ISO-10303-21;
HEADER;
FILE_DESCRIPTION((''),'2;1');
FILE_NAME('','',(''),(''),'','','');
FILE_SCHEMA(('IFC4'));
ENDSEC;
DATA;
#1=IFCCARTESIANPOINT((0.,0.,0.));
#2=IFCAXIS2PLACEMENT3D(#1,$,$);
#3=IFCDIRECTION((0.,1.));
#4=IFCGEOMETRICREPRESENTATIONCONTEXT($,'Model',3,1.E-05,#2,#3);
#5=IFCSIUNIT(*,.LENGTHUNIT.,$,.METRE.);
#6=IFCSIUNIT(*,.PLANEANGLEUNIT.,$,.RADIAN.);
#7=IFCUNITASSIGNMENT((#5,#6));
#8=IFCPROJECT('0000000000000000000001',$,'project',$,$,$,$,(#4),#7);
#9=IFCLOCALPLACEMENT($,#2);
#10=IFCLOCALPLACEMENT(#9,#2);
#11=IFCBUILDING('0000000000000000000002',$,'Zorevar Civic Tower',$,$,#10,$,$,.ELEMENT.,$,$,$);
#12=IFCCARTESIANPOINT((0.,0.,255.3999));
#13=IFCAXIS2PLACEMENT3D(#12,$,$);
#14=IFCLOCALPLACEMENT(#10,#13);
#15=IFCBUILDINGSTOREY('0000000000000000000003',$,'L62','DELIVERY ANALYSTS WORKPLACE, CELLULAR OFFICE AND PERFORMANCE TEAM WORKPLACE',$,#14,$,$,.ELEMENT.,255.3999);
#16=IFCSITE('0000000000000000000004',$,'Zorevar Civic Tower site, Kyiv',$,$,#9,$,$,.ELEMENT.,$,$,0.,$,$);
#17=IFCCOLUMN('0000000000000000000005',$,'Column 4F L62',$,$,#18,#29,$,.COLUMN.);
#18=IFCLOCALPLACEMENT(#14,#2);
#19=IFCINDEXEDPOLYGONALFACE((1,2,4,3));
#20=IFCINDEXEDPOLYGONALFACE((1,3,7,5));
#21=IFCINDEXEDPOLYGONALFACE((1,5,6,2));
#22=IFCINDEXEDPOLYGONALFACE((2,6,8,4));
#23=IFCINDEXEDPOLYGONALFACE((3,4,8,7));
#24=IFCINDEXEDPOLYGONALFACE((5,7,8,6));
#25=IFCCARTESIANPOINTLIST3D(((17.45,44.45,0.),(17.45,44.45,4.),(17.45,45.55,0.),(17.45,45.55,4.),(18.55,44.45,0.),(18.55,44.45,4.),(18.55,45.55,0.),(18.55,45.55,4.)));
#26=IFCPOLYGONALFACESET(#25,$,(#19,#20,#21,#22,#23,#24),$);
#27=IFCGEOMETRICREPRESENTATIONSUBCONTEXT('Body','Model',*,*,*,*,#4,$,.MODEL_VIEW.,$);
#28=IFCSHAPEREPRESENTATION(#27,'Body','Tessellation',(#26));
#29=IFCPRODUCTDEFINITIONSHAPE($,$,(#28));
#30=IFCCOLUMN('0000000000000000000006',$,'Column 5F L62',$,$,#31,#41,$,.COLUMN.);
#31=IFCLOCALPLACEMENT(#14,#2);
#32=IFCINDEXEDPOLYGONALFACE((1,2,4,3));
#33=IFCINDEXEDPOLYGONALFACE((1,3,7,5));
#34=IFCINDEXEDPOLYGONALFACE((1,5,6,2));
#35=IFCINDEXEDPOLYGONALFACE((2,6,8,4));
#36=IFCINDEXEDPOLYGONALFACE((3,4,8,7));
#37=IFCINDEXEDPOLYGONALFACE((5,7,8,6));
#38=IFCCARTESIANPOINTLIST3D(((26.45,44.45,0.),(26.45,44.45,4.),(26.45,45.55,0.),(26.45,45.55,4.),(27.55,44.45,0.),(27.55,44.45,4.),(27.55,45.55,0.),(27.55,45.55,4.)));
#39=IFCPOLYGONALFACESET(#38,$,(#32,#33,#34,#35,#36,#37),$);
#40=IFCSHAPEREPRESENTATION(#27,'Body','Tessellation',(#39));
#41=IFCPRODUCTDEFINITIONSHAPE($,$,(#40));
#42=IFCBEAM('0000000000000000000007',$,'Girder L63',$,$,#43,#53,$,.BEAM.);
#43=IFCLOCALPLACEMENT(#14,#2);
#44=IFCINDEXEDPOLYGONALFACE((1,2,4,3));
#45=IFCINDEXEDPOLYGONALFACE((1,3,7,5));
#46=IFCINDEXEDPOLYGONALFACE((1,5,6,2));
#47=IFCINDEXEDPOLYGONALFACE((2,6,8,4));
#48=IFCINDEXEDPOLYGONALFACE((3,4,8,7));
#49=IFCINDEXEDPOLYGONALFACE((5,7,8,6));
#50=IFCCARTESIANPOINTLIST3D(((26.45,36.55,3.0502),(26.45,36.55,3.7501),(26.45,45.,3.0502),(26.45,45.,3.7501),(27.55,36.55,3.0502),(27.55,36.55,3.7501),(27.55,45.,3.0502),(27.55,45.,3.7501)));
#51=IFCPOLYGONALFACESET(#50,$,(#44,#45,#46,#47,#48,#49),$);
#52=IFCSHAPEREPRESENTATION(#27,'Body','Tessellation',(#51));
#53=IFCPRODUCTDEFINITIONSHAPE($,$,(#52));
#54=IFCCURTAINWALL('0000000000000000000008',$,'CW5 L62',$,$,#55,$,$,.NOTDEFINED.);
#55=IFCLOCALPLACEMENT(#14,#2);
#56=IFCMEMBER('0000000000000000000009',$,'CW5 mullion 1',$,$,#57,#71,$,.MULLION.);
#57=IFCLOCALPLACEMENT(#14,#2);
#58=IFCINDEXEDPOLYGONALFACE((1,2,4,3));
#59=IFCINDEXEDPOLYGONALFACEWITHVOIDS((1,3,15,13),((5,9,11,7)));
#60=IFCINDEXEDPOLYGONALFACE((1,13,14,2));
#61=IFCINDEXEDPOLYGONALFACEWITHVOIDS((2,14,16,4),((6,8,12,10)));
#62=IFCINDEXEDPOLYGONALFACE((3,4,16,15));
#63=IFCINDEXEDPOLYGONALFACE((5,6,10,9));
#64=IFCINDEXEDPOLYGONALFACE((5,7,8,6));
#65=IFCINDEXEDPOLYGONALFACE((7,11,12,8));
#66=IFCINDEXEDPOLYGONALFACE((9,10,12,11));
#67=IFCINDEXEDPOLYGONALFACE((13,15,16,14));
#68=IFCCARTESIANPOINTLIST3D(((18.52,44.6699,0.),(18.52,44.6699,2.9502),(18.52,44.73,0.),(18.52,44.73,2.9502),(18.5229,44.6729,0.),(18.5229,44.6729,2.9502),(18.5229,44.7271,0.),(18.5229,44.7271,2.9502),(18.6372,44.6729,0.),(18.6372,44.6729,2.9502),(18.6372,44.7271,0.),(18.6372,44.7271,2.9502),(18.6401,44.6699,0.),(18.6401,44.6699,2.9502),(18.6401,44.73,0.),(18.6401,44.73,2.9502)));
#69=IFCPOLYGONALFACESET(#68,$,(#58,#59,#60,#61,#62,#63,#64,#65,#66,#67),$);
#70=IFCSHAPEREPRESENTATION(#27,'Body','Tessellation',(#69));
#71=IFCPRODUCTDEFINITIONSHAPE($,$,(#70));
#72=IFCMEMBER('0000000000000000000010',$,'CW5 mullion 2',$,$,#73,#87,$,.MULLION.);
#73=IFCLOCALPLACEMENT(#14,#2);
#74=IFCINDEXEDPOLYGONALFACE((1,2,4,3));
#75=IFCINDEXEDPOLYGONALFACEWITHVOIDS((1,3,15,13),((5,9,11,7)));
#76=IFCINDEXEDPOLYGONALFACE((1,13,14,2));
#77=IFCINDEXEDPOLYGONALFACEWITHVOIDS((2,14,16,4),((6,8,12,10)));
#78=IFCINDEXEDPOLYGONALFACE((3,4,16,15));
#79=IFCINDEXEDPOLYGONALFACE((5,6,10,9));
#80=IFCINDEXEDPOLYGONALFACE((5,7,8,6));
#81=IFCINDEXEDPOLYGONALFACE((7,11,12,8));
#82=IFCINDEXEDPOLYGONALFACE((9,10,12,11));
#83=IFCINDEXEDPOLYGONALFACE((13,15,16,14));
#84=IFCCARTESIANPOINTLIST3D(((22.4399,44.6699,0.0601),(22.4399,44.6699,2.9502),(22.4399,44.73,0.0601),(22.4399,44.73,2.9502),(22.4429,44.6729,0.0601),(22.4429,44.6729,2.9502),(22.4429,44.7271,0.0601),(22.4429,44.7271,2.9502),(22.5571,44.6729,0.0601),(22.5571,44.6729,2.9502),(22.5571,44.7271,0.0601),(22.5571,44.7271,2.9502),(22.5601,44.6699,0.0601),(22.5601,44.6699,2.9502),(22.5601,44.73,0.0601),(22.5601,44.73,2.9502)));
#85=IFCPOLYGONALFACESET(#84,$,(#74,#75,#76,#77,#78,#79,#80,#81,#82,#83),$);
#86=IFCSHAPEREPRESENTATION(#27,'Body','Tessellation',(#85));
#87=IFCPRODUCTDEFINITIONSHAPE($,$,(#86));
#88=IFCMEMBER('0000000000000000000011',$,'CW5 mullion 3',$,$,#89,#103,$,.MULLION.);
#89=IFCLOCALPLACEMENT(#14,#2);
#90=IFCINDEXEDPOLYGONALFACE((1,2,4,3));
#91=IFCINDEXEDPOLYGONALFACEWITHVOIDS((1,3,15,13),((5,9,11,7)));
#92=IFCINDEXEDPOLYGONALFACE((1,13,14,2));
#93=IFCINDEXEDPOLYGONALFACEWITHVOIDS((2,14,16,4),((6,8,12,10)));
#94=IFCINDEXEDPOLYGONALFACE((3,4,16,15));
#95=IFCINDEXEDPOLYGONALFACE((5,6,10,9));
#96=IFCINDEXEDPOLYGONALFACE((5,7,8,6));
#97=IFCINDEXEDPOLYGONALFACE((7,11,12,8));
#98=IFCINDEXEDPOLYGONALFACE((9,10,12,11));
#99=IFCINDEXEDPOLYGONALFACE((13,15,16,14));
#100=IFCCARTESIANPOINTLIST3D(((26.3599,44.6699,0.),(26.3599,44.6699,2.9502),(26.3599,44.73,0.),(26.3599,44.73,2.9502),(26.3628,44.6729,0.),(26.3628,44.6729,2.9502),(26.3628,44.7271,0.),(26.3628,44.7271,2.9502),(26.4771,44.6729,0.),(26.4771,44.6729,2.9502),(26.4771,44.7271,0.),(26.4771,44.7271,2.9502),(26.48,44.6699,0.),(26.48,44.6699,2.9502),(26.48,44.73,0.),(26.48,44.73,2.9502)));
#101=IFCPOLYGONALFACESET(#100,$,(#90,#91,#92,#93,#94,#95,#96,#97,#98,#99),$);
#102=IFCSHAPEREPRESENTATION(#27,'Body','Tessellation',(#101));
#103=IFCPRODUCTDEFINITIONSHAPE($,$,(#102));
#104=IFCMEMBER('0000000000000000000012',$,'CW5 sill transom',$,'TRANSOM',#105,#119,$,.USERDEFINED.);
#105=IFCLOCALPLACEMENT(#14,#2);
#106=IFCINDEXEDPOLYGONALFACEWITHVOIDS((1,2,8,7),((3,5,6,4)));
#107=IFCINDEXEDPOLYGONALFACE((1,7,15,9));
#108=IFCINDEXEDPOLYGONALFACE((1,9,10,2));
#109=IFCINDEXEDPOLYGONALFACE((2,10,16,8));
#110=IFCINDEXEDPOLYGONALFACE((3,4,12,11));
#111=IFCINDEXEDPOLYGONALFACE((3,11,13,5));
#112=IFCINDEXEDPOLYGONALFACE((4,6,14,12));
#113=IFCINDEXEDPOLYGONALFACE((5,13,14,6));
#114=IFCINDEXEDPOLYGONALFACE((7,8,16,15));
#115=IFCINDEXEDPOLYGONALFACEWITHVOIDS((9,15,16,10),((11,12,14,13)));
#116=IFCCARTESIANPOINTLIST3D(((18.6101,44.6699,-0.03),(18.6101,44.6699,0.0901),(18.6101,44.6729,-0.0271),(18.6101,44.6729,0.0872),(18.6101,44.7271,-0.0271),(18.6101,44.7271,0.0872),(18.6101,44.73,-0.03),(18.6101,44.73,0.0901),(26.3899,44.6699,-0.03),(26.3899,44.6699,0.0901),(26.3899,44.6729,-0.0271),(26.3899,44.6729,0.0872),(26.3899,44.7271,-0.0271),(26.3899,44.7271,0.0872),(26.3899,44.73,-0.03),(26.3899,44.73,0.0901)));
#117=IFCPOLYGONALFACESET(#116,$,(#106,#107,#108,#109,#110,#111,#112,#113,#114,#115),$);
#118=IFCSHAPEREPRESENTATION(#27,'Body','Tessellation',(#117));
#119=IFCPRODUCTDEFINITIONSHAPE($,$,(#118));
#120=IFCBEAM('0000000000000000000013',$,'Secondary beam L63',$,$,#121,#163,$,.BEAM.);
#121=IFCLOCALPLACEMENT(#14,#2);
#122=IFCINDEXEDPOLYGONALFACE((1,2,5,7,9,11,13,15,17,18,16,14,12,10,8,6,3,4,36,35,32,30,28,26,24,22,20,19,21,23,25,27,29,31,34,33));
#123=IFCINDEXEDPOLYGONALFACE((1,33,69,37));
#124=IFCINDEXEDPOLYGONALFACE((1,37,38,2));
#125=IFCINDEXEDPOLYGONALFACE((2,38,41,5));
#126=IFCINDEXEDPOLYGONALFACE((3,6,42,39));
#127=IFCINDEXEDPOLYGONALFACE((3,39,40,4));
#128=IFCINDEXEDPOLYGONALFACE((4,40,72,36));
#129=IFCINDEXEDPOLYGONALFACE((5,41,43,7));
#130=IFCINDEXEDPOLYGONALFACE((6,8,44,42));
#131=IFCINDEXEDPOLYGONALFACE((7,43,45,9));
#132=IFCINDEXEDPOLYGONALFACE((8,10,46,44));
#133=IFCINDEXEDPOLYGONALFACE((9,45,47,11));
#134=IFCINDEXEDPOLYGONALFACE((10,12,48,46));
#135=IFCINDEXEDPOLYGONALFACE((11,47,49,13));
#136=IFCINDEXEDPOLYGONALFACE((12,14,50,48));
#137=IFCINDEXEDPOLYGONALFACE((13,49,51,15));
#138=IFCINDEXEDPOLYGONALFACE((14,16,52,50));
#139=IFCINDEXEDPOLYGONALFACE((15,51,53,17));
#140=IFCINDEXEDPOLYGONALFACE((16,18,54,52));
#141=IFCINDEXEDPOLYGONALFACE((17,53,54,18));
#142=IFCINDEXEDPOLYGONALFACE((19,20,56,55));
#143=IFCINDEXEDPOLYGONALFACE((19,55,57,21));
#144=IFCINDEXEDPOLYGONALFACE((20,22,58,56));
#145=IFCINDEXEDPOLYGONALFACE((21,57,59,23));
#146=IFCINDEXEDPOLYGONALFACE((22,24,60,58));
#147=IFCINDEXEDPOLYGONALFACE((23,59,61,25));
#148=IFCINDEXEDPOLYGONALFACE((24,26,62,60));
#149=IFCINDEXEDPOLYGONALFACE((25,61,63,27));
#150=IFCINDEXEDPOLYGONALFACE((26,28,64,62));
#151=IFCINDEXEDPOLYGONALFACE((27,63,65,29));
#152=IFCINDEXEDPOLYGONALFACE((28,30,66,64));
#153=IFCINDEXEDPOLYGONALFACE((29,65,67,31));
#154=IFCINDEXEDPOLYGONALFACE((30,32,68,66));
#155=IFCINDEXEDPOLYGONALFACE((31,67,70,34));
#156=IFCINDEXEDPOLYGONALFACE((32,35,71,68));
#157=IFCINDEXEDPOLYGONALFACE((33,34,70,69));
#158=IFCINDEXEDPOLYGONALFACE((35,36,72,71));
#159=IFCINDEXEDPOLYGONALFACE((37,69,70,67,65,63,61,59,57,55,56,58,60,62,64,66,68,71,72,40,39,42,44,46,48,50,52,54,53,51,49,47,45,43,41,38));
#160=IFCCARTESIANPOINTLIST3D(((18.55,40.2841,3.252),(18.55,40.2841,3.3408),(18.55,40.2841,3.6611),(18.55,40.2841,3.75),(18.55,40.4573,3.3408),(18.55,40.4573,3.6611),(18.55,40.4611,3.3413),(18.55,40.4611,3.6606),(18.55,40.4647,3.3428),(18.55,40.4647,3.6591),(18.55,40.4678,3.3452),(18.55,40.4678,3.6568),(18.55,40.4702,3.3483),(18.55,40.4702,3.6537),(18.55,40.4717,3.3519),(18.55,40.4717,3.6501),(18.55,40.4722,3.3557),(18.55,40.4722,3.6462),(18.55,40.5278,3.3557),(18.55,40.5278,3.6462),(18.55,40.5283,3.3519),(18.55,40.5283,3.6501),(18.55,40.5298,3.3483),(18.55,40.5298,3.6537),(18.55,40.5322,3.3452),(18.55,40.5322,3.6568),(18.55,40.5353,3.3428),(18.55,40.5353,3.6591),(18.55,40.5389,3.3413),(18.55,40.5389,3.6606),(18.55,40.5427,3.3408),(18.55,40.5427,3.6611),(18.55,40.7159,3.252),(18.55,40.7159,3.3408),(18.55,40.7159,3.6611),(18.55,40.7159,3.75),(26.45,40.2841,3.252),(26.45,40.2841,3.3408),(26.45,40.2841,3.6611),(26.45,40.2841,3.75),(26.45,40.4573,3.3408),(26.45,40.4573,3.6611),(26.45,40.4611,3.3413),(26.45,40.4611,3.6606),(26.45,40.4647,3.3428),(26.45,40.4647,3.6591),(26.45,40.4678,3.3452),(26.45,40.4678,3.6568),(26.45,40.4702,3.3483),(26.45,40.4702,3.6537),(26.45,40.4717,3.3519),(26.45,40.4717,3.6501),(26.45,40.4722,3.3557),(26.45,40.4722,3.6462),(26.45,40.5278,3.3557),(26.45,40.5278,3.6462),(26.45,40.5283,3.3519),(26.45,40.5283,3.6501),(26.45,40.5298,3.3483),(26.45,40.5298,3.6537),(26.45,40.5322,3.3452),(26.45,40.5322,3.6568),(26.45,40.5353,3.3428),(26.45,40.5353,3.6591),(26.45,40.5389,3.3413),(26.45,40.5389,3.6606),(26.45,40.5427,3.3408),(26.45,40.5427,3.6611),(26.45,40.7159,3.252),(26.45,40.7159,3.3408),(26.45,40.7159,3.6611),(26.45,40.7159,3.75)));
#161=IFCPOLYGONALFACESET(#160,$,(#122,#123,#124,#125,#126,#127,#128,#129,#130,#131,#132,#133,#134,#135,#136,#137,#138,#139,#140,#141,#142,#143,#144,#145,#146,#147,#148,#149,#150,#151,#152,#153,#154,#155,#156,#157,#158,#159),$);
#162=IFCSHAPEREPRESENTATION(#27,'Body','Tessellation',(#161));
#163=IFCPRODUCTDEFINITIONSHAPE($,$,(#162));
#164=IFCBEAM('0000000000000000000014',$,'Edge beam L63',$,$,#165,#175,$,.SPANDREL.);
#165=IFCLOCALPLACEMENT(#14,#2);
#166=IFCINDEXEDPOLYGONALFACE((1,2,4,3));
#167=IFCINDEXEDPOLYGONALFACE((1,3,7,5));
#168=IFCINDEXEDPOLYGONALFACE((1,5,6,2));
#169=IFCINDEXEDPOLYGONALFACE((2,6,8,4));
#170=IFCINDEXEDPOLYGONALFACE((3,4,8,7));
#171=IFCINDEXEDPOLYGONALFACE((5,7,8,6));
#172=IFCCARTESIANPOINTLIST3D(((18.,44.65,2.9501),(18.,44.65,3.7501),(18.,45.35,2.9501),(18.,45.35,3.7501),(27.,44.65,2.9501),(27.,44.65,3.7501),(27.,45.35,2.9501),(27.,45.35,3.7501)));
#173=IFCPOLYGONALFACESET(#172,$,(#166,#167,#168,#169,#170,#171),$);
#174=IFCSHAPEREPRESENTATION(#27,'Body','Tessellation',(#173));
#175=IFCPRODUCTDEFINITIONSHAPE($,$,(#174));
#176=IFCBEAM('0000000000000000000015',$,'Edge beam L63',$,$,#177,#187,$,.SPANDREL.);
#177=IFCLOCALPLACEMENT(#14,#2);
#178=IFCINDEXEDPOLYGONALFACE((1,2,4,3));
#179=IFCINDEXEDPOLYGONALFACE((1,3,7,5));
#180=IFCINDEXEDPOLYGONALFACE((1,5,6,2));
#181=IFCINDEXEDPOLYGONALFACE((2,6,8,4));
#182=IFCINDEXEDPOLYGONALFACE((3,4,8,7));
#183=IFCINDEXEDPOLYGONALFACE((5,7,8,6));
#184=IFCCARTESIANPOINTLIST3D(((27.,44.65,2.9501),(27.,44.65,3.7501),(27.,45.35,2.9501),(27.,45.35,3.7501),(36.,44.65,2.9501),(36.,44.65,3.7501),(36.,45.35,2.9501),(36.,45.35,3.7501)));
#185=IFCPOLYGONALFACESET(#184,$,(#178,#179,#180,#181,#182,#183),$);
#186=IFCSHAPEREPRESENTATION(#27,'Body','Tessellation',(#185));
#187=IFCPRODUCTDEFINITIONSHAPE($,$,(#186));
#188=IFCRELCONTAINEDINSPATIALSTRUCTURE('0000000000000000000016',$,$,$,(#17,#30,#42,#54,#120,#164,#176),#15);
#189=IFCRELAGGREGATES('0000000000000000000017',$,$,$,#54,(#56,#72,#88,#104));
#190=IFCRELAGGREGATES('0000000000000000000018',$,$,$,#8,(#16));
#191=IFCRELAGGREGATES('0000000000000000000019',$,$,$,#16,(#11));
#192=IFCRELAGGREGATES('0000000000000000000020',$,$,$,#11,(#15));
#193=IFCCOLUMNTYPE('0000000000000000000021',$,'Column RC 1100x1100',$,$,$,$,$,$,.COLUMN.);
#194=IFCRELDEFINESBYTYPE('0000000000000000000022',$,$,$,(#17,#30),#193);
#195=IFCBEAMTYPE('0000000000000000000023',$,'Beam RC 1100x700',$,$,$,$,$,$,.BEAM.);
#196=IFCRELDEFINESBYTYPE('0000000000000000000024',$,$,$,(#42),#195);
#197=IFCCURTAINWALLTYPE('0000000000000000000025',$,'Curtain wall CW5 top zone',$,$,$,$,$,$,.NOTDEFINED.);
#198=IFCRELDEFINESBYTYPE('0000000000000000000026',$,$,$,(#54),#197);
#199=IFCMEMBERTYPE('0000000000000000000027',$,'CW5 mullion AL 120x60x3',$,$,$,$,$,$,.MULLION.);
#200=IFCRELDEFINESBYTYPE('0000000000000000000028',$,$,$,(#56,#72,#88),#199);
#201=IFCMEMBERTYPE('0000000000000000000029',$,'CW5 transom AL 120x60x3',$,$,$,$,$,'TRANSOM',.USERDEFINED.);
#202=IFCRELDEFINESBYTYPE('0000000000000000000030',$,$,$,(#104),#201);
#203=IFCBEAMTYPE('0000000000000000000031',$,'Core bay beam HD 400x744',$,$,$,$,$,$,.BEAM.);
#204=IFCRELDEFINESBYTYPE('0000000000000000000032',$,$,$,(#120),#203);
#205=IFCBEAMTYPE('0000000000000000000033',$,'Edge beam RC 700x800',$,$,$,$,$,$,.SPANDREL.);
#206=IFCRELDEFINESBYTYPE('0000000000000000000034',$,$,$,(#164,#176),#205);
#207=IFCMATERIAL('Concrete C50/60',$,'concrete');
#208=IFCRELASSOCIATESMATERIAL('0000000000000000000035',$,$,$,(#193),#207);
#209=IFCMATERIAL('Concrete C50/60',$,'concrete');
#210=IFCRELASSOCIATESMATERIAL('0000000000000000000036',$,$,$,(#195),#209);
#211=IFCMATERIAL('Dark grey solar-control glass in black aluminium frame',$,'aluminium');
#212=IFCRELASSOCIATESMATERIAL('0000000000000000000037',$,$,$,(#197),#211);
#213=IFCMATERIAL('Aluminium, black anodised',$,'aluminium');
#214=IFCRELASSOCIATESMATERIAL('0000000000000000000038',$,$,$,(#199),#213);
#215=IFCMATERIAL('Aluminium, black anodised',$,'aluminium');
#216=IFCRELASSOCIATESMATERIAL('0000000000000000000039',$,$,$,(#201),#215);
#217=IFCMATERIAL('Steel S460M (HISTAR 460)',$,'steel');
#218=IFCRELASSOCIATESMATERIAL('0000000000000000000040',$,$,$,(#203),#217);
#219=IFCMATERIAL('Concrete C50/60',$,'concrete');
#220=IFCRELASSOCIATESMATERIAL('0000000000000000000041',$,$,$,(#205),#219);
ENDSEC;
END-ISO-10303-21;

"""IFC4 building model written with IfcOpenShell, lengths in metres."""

from ifc_helpers import new_model, si_unit, direction, frame, origin, origin_2d, place, context, subcontext, project, spatial, rectangle, hollow_rectangle, i_section, extrude, material, material_profile, profile_set, type_object, element, aggregate, save


model = new_model("IFC4")

# Units and contexts
model_context = context("Model", 3, precision=1e-05, world=origin(), true_north=direction((0.0, 1.0)))
body_context = subcontext(model_context, "Body", "Model", "MODEL_VIEW")
ifc_project = project(units=[si_unit("LENGTHUNIT", "METRE"), si_unit("PLANEANGLEUNIT", "RADIAN")], contexts=[model_context])

# Site, building, storey
site_placement = place(None, origin())
site = spatial("IfcSite", under=ifc_project, at=site_placement, Name="Zorevar Civic Tower site, Kyiv", CompositionType="ELEMENT", RefElevation=0.0)
building_placement = place(site_placement, origin())
building = spatial("IfcBuilding", under=site, at=building_placement, Name="Zorevar Civic Tower", CompositionType="ELEMENT")
storey_placement = place(building_placement, frame((0.0, 0.0, 255.3999)))
storey = spatial("IfcBuildingStorey", under=building, at=storey_placement, Name="L62", Description="DELIVERY ANALYSTS WORKPLACE, CELLULAR OFFICE AND PERFORMANCE TEAM WORKPLACE", CompositionType="ELEMENT", Elevation=255.3999)

# Columns
ifc_material_1 = material(Name="Concrete C50/60", Category="concrete")
ifc_material_profile_1 = material_profile(ifc_material_1, rectangle(XDim=1.1001, YDim=1.1001, at=origin_2d()), Name="RC 1100x1100")
ifc_profile_set_1 = profile_set([ifc_material_profile_1], Name="Concrete C50/60")
column_type = type_object("IfcColumnType", Name="Column RC 1100x1100", PredefinedType="COLUMN", material=ifc_profile_set_1)
for number, where, z_axis, x_axis, name in (
    (1, (18.0, 45.0, 0.0), (0.0, 0.0, 1.0), (1.0, 0.0, 0.0), "Column 4F L62"),
    (2, (27.0, 45.0, 0.0), (0.0, 0.0, 1.0), (1.0, 0.0, 0.0), "Column 5F L62"),
):
    element("IfcColumn", number, at=place(storey_placement, frame(where, z_axis=z_axis, x_axis=x_axis)), inside=storey, type_object=column_type, Name=name, PredefinedType="COLUMN", context=body_context, shape_type="SweptSolid", body=[
        extrude(rectangle(XDim=1.1001, YDim=1.1001, at=origin_2d()), origin(), (0.0, 0.0, 1.0), 4.0),
    ])

# Beam
ifc_material_2 = material(Name="Concrete C50/60", Category="concrete")
ifc_material_profile_2 = material_profile(ifc_material_2, rectangle(XDim=1.1001, YDim=0.7, at=origin_2d()), Name="RC 1100x700")
ifc_profile_set_2 = profile_set([ifc_material_profile_2], Name="Concrete C50/60")
beam_type_1 = type_object("IfcBeamType", Name="Beam RC 1100x700", PredefinedType="BEAM", material=ifc_profile_set_2)
beam_1_placement = place(storey_placement, frame((27.0, 36.55, 3.4001), z_axis=(0.0, 1.0, 0.0), x_axis=(-1.0, 0.0, 0.0)))
element("IfcBeam", 3, at=beam_1_placement, inside=storey, type_object=beam_type_1, Name="Girder L63", PredefinedType="BEAM", context=body_context, shape_type="SweptSolid", body=[
    extrude(rectangle(XDim=1.1001, YDim=0.7, at=origin_2d()), origin(), (0.0, 0.0, 1.0), 8.45),
])

# Curtain wall, members
ifc_material_3 = material(Name="Dark grey solar-control glass in black aluminium frame", Category="aluminium")
curtain_wall_type = type_object("IfcCurtainWallType", Name="Curtain wall CW5 top zone", PredefinedType="NOTDEFINED", material=ifc_material_3)
curtain_wall_placement = place(storey_placement, origin())
curtain_wall = element("IfcCurtainWall", 4, at=curtain_wall_placement, inside=storey, type_object=curtain_wall_type, Name="CW5 L62", PredefinedType="NOTDEFINED")
ifc_material_4 = material(Name="Aluminium, black anodised", Category="aluminium")
ifc_material_profile_3 = material_profile(ifc_material_4, hollow_rectangle(XDim=0.0601, YDim=0.1201, WallThickness=0.0029, at=origin_2d()), Name="AL 120x60x3")
ifc_profile_set_3 = profile_set([ifc_material_profile_3], Name="Aluminium, black anodised")
member_type_1 = type_object("IfcMemberType", Name="CW5 mullion AL 120x60x3", PredefinedType="MULLION", material=ifc_profile_set_3)
member_1_placement = place(storey_placement, frame((18.5801, 44.7, 0.0), z_axis=(0.0, 0.0, 1.0), x_axis=(0.0, 1.0, 0.0)))
member_1 = element("IfcMember", 5, at=member_1_placement, type_object=member_type_1, Name="CW5 mullion 1", PredefinedType="MULLION", context=body_context, shape_type="SweptSolid", body=[
    extrude(hollow_rectangle(XDim=0.0601, YDim=0.1201, WallThickness=0.0029, at=origin_2d()), origin(), (0.0, 0.0, 1.0), 2.9502),
])
member_2_placement = place(storey_placement, frame((22.5, 44.7, 0.0601), z_axis=(0.0, 0.0, 1.0), x_axis=(0.0, 1.0, 0.0)))
member_2 = element("IfcMember", 6, at=member_2_placement, type_object=member_type_1, Name="CW5 mullion 2", PredefinedType="MULLION", context=body_context, shape_type="SweptSolid", body=[
    extrude(hollow_rectangle(XDim=0.0601, YDim=0.1201, WallThickness=0.0029, at=origin_2d()), origin(), (0.0, 0.0, 1.0), 2.8901),
])
member_3_placement = place(storey_placement, frame((26.4199, 44.7, 0.0), z_axis=(0.0, 0.0, 1.0), x_axis=(0.0, 1.0, 0.0)))
member_3 = element("IfcMember", 7, at=member_3_placement, type_object=member_type_1, Name="CW5 mullion 3", PredefinedType="MULLION", context=body_context, shape_type="SweptSolid", body=[
    extrude(hollow_rectangle(XDim=0.0601, YDim=0.1201, WallThickness=0.0029, at=origin_2d()), origin(), (0.0, 0.0, 1.0), 2.9502),
])
ifc_material_5 = material(Name="Aluminium, black anodised", Category="aluminium")
ifc_material_profile_4 = material_profile(ifc_material_5, hollow_rectangle(XDim=0.0601, YDim=0.1201, WallThickness=0.0029, at=origin_2d()), Name="AL 120x60x3")
ifc_profile_set_4 = profile_set([ifc_material_profile_4], Name="Aluminium, black anodised")
member_type_2 = type_object("IfcMemberType", Name="CW5 transom AL 120x60x3", ElementType="TRANSOM", PredefinedType="USERDEFINED", material=ifc_profile_set_4)
member_4_placement = place(storey_placement, frame((18.6101, 44.7, 0.03), z_axis=(1.0, 0.0, 0.0), x_axis=(0.0, 1.0, 0.0)))
member_4 = element("IfcMember", 8, at=member_4_placement, type_object=member_type_2, Name="CW5 sill transom", ObjectType="TRANSOM", PredefinedType="USERDEFINED", context=body_context, shape_type="SweptSolid", body=[
    extrude(hollow_rectangle(XDim=0.0601, YDim=0.1201, WallThickness=0.0029, at=origin_2d()), origin(), (0.0, 0.0, 1.0), 7.7798),
])

# Beams
ifc_material_6 = material(Name="Steel S460M (HISTAR 460)", Category="steel")
ifc_material_profile_5 = material_profile(ifc_material_6, i_section(OverallWidth=0.4319, OverallDepth=0.498, WebThickness=0.0557, FlangeThickness=0.0889, FilletRadius=0.0149, at=origin_2d()), Name="HD 400x744")
ifc_profile_set_5 = profile_set([ifc_material_profile_5], Name="Steel S460M (HISTAR 460)")
beam_type_2 = type_object("IfcBeamType", Name="Core bay beam HD 400x744", PredefinedType="BEAM", material=ifc_profile_set_5)
beam_2_placement = place(storey_placement, frame((18.55, 40.5, 3.501), z_axis=(1.0, 0.0, 0.0), x_axis=(0.0, 1.0, 0.0)))
element("IfcBeam", 9, at=beam_2_placement, inside=storey, type_object=beam_type_2, Name="Secondary beam L63", PredefinedType="BEAM", context=body_context, shape_type="SweptSolid", body=[
    extrude(i_section(OverallWidth=0.4319, OverallDepth=0.498, WebThickness=0.0557, FlangeThickness=0.0889, FilletRadius=0.0149, at=origin_2d()), origin(), (0.0, 0.0, 1.0), 7.8999),
])
ifc_material_7 = material(Name="Concrete C50/60", Category="concrete")
ifc_material_profile_6 = material_profile(ifc_material_7, rectangle(XDim=0.7, YDim=0.8, at=origin_2d()), Name="RC 700x800")
ifc_profile_set_6 = profile_set([ifc_material_profile_6], Name="Concrete C50/60")
beam_type_3 = type_object("IfcBeamType", Name="Edge beam RC 700x800", PredefinedType="SPANDREL", material=ifc_profile_set_6)
for number, where, z_axis, x_axis, name in (
    (10, (18.0, 45.0, 3.3501), (1.0, 0.0, 0.0), (0.0, 1.0, 0.0), "Edge beam L63"),
    (11, (27.0, 45.0, 3.3501), (1.0, 0.0, 0.0), (0.0, 1.0, 0.0), "Edge beam L63"),
):
    element("IfcBeam", number, at=place(storey_placement, frame(where, z_axis=z_axis, x_axis=x_axis)), inside=storey, type_object=beam_type_3, Name=name, PredefinedType="SPANDREL", context=body_context, shape_type="SweptSolid", body=[
        extrude(rectangle(XDim=0.7, YDim=0.8, at=origin_2d()), origin(), (0.0, 0.0, 1.0), 9.0),
    ])

aggregate(curtain_wall, [member_1, member_2, member_3, member_4])

save(model, "model.ifc")
